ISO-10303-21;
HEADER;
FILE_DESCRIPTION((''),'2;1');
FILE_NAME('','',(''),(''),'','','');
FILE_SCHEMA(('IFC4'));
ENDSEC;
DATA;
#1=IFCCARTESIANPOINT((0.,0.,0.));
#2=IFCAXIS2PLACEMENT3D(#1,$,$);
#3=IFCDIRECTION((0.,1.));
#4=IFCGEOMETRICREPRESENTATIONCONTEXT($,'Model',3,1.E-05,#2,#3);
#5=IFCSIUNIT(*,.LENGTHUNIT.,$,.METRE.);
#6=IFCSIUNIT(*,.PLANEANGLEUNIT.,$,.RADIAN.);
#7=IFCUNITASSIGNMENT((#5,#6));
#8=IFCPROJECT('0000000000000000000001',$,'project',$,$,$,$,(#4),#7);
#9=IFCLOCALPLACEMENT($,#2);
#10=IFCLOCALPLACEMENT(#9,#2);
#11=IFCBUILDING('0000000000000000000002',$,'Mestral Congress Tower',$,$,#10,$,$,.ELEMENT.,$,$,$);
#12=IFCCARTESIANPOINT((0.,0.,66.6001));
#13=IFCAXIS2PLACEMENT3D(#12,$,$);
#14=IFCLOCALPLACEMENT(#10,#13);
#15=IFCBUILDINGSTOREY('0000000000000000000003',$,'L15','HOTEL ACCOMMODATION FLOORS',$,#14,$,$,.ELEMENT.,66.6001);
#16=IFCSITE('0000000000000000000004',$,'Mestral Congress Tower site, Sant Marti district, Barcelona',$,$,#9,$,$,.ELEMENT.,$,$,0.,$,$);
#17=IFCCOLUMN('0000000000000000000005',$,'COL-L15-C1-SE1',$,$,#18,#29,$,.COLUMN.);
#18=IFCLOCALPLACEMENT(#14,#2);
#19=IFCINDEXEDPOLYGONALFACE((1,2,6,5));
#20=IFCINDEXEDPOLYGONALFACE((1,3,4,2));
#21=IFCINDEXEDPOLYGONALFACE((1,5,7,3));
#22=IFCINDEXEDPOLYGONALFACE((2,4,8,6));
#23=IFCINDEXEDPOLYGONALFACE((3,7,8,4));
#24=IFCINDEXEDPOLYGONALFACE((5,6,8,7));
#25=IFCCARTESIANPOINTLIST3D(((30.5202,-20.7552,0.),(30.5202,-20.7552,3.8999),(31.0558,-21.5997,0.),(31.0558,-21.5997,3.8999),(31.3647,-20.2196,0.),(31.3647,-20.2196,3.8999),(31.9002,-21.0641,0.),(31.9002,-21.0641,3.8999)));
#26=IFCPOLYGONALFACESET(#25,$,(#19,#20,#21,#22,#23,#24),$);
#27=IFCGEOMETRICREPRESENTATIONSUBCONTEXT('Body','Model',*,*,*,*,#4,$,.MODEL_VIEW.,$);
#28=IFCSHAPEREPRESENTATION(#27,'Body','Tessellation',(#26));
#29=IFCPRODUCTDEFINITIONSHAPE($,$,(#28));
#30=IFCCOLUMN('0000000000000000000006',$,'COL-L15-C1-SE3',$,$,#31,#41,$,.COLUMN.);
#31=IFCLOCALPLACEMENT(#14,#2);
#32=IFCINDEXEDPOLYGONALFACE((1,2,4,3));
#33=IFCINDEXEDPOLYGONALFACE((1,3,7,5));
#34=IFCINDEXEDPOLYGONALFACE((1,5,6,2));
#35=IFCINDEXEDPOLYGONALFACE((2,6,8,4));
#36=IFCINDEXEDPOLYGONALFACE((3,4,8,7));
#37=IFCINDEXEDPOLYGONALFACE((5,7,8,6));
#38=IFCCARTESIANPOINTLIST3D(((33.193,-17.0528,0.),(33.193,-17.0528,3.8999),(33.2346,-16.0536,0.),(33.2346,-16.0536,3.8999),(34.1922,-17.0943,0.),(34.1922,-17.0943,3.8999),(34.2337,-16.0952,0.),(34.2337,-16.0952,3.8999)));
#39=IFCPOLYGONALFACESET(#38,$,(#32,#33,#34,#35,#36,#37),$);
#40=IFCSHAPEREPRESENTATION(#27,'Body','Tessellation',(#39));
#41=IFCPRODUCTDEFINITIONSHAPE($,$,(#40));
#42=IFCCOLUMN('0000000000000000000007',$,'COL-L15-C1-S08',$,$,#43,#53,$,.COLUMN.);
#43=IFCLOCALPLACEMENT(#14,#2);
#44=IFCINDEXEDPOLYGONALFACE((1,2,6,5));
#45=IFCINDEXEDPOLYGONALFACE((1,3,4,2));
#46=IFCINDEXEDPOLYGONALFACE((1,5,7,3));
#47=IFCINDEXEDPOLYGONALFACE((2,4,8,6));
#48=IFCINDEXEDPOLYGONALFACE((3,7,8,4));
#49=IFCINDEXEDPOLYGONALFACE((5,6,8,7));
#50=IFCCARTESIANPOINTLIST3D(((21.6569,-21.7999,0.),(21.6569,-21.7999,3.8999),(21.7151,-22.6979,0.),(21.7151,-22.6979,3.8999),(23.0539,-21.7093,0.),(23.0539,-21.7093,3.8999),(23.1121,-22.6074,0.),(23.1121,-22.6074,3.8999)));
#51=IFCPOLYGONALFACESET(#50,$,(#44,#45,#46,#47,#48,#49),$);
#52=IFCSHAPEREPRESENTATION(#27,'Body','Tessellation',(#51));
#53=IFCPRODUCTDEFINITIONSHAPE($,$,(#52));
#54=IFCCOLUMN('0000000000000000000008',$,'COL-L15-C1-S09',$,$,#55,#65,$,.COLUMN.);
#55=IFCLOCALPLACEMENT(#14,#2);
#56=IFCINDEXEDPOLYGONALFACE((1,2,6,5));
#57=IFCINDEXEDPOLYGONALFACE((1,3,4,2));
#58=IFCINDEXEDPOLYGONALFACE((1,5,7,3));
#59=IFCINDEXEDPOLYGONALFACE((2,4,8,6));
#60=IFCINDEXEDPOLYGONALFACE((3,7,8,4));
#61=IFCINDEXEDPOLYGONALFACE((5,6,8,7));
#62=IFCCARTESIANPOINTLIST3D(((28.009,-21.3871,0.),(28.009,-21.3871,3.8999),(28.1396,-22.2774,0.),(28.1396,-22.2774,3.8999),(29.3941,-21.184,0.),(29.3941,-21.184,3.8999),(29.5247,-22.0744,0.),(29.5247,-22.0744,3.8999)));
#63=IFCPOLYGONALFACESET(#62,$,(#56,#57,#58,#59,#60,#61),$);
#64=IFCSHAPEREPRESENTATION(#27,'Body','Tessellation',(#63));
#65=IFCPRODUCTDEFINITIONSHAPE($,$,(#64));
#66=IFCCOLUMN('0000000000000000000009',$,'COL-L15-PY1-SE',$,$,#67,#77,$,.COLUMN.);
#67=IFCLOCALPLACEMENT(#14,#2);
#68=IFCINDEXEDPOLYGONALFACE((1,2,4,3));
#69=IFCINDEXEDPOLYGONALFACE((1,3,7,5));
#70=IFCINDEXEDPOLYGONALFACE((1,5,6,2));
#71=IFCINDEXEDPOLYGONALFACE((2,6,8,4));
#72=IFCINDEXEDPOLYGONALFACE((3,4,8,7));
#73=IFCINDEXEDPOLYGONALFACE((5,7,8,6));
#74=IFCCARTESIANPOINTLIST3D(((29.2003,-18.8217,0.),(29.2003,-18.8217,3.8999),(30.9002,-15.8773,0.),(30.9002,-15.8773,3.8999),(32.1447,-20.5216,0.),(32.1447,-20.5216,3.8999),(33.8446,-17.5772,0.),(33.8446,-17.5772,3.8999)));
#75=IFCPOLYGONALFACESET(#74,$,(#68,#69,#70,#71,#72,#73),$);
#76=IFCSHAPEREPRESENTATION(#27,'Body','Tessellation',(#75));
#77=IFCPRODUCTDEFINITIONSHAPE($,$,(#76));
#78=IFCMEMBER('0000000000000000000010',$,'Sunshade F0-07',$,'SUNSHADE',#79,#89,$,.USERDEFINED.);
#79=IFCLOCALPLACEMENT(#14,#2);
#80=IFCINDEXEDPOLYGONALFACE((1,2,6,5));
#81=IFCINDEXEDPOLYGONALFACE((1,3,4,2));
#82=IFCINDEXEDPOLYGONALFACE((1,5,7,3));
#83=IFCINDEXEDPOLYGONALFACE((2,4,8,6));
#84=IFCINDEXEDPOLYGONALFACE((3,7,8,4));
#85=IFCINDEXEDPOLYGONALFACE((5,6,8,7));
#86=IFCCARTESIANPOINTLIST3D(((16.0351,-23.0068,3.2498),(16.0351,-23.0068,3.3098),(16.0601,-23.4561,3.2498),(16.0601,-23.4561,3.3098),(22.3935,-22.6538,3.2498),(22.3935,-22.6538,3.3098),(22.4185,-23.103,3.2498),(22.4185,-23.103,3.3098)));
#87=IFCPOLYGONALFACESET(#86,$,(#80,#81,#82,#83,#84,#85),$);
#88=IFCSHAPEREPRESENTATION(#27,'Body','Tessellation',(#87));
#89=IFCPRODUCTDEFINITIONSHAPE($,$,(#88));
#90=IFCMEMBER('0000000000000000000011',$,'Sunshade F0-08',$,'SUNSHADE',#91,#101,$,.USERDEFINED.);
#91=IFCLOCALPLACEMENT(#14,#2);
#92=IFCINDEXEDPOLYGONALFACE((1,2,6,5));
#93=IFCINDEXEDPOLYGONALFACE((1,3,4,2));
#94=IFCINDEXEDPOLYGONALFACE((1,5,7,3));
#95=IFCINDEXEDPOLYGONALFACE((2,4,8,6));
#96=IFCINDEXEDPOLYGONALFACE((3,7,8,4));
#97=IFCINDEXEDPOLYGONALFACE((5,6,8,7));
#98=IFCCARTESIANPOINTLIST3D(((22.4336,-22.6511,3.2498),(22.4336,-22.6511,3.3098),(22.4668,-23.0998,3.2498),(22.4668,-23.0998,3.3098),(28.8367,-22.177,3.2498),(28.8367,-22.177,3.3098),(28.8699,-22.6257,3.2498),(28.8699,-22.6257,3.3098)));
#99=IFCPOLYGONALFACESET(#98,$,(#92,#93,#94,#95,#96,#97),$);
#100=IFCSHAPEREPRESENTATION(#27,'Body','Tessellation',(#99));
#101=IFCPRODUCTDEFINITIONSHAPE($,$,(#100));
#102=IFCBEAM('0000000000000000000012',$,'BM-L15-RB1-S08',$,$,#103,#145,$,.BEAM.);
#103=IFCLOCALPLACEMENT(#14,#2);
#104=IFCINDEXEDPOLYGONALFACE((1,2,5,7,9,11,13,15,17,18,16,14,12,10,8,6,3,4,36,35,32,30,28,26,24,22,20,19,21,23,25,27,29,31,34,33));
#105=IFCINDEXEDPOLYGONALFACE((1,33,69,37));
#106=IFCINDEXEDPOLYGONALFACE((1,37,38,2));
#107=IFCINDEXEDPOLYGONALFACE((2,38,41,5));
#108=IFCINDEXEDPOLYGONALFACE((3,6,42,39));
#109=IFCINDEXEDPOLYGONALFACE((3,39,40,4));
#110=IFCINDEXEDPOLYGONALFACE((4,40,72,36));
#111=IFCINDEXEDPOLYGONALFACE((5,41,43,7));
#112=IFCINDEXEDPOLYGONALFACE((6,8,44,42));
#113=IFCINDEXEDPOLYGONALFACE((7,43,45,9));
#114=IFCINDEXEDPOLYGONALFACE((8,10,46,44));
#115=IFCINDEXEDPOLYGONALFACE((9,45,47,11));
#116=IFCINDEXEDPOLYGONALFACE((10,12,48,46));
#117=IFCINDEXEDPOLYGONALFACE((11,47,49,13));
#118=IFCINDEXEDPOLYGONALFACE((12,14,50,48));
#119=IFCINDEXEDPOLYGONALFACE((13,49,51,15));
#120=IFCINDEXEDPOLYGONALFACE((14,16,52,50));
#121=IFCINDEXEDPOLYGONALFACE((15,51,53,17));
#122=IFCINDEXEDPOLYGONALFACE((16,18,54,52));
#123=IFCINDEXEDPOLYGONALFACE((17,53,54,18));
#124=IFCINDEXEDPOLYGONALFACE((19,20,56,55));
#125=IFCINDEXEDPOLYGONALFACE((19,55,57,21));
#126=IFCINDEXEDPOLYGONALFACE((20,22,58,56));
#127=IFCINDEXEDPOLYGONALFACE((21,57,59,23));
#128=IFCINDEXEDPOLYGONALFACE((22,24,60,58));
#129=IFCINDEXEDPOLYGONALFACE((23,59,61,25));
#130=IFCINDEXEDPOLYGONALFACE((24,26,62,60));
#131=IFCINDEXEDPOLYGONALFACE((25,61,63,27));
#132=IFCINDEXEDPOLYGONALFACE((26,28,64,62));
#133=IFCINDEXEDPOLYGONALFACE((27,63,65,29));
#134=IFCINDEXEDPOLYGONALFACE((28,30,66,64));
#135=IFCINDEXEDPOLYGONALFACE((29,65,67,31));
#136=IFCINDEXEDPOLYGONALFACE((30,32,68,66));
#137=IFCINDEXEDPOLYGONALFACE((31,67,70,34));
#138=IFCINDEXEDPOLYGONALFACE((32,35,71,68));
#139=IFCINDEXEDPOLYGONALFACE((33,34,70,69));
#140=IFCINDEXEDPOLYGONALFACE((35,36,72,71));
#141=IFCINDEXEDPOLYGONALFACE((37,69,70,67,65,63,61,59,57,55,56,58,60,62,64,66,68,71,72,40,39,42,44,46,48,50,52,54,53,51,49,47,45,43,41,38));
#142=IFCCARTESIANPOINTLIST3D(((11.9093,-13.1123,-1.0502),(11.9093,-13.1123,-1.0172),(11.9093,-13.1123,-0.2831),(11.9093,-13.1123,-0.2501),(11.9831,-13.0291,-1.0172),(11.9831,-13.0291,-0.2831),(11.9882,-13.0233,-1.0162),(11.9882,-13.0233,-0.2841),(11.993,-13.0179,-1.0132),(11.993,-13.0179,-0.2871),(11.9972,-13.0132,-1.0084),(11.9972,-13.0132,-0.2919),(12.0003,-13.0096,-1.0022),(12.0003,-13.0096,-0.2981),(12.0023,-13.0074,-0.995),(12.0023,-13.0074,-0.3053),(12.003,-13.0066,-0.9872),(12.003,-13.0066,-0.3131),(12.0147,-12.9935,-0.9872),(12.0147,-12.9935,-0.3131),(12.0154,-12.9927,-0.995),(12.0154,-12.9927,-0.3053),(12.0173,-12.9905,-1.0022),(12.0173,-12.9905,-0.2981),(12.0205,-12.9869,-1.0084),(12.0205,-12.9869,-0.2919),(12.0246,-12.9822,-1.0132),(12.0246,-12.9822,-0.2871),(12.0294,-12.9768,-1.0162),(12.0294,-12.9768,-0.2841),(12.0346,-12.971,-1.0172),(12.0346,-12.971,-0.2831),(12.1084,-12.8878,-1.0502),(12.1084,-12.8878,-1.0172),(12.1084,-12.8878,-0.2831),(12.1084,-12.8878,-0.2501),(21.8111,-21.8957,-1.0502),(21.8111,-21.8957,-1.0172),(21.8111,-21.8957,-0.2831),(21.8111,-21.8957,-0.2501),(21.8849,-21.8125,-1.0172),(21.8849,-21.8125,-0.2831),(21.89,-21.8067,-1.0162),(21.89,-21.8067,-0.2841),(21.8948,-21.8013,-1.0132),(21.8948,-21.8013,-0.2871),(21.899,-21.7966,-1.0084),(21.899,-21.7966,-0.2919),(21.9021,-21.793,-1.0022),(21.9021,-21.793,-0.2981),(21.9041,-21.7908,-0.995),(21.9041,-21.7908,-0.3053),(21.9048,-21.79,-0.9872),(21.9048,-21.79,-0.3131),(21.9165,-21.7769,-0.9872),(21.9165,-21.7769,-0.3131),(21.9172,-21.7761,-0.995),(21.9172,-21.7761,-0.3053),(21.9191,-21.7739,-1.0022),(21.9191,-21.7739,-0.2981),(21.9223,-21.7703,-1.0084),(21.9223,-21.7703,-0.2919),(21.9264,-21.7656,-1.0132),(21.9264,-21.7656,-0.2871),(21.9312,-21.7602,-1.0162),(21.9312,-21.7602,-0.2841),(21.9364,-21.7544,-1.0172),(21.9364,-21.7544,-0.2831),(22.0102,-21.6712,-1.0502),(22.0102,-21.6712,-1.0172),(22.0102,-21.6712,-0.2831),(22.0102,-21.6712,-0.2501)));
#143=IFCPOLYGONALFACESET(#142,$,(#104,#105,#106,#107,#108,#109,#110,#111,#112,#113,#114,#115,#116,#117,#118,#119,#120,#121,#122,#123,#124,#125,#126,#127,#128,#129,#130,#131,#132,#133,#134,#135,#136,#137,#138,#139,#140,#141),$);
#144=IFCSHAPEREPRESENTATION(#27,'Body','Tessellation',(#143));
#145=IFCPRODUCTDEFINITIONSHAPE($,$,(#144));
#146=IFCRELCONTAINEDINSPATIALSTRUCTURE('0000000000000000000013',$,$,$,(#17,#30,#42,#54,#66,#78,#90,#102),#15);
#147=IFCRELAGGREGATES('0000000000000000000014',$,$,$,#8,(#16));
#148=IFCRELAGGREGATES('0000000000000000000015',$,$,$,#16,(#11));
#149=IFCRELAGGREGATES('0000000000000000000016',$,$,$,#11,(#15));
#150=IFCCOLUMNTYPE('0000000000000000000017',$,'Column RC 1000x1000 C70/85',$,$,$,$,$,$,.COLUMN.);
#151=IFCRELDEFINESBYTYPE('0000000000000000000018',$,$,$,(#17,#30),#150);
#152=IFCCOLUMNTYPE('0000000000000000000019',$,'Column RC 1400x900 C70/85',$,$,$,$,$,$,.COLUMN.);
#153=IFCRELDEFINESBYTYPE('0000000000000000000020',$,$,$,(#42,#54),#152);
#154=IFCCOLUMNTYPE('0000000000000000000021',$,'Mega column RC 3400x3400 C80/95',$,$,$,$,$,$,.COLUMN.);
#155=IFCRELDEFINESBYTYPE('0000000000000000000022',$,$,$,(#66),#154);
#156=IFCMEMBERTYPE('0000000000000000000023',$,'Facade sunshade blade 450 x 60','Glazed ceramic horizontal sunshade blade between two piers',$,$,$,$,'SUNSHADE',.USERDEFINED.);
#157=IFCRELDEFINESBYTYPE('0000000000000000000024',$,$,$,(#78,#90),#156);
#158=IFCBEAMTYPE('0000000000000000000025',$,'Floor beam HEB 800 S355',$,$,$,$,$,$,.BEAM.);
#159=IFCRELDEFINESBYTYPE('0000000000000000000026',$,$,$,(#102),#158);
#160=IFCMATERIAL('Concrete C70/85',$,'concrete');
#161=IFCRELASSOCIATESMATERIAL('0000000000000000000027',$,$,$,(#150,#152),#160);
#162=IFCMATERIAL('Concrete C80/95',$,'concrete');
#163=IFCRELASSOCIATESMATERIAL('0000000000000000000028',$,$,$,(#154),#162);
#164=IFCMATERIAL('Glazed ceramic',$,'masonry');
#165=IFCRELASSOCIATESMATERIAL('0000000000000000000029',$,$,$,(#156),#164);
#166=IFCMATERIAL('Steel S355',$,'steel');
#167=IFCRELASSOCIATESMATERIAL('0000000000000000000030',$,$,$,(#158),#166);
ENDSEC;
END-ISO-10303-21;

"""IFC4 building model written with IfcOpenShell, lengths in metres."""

from ifc_helpers import new_model, si_unit, direction, frame, origin, origin_2d, place, context, subcontext, project, spatial, rectangle, i_section, extrude, material, material_profile, profile_set, type_object, element, save


model = new_model("IFC4")

# Units and contexts
model_context = context("Model", 3, precision=1e-05, world=origin(), true_north=direction((0.0, 1.0)))
body_context = subcontext(model_context, "Body", "Model", "MODEL_VIEW")
ifc_project = project(units=[si_unit("LENGTHUNIT", "METRE"), si_unit("PLANEANGLEUNIT", "RADIAN")], contexts=[model_context])

# Site, building, storey
site_placement = place(None, origin())
site = spatial("IfcSite", under=ifc_project, at=site_placement, Name="Mestral Congress Tower site, Sant Marti district, Barcelona", CompositionType="ELEMENT", RefElevation=0.0)
building_placement = place(site_placement, origin())
building = spatial("IfcBuilding", under=site, at=building_placement, Name="Mestral Congress Tower", CompositionType="ELEMENT")
storey_placement = place(building_placement, frame((0.0, 0.0, 66.6001)))
storey = spatial("IfcBuildingStorey", under=building, at=storey_placement, Name="L15", Description="HOTEL ACCOMMODATION FLOORS", CompositionType="ELEMENT", Elevation=66.6001)

# Columns
ifc_material_1 = material(Name="Concrete C70/85", Category="concrete")
ifc_material_profile_1 = material_profile(ifc_material_1, rectangle(XDim=1.0, YDim=1.0, at=origin_2d()), Name="RC 1000x1000")
ifc_profile_set_1 = profile_set([ifc_material_profile_1], Name="Concrete C70/85")
column_type_1 = type_object("IfcColumnType", Name="Column RC 1000x1000 C70/85", PredefinedType="COLUMN", material=ifc_profile_set_1)
for number, where, z_axis, x_axis, name in (
    (1, (31.2102, -20.9097, 0.0), (0.0, 0.0, 1.0), (0.844485, 0.535579, 0.0), "COL-L15-C1-SE1"),
    (2, (33.7134, -16.574, 0.0), (0.0, 0.0, 1.0), (0.041583, 0.999135, 0.0), "COL-L15-C1-SE3"),
):
    element("IfcColumn", number, at=place(storey_placement, frame(where, z_axis=z_axis, x_axis=x_axis)), inside=storey, type_object=column_type_1, Name=name, PredefinedType="COLUMN", context=body_context, shape_type="SweptSolid", body=[
        extrude(rectangle(XDim=1.0, YDim=1.0, at=origin_2d()), origin(), (0.0, 0.0, 1.0), 3.8999),
    ])
ifc_material_profile_2 = material_profile(ifc_material_1, rectangle(XDim=1.3999, YDim=0.8999, at=origin_2d()), Name="RC 1400x900")
ifc_profile_set_2 = profile_set([ifc_material_profile_2], Name="Concrete C70/85")
column_type_2 = type_object("IfcColumnType", Name="Column RC 1400x900 C70/85", PredefinedType="COLUMN", material=ifc_profile_set_2)
for number, where, z_axis, x_axis, name in (
    (3, (22.3845, -22.2036, 0.0), (0.0, 0.0, 1.0), (0.997908, 0.064658, 0.0), "COL-L15-C1-S08"),
    (4, (28.7668, -21.7307, 0.0), (0.0, 0.0, 1.0), (0.989424, 0.145056, 0.0), "COL-L15-C1-S09"),
):
    element("IfcColumn", number, at=place(storey_placement, frame(where, z_axis=z_axis, x_axis=x_axis)), inside=storey, type_object=column_type_2, Name=name, PredefinedType="COLUMN", context=body_context, shape_type="SweptSolid", body=[
        extrude(rectangle(XDim=1.3999, YDim=0.8999, at=origin_2d()), origin(), (0.0, 0.0, 1.0), 3.8999),
    ])
ifc_material_2 = material(Name="Concrete C80/95", Category="concrete")
ifc_material_profile_3 = material_profile(ifc_material_2, rectangle(XDim=3.3999, YDim=3.3999, at=origin_2d()), Name="RC 3400x3400")
ifc_profile_set_3 = profile_set([ifc_material_profile_3], Name="Concrete C80/95")
column_type_3 = type_object("IfcColumnType", Name="Mega column RC 3400x3400 C80/95", PredefinedType="COLUMN", material=ifc_profile_set_3)
column_placement = place(storey_placement, frame((31.5225, -18.1995, 0.0), z_axis=(0.0, 0.0, 1.0), x_axis=(0.866025, -0.5, 0.0)))
element("IfcColumn", 5, at=column_placement, inside=storey, type_object=column_type_3, Name="COL-L15-PY1-SE", PredefinedType="COLUMN", context=body_context, shape_type="SweptSolid", body=[
    extrude(rectangle(XDim=3.3999, YDim=3.3999, at=origin_2d()), origin(), (0.0, 0.0, 1.0), 3.8999),
])

# Members
ifc_material_3 = material(Name="Glazed ceramic", Category="masonry")
ifc_material_profile_4 = material_profile(ifc_material_3, rectangle(XDim=0.45, YDim=0.0601, at=origin_2d()), Name="Ceramic blade 450 x 60")
ifc_profile_set_4 = profile_set([ifc_material_profile_4], Name="Glazed ceramic")
member_type = type_object("IfcMemberType", Name="Facade sunshade blade 450 x 60", Description="Glazed ceramic horizontal sunshade blade between two piers", ElementType="SUNSHADE", PredefinedType="USERDEFINED", material=ifc_profile_set_4)
member_1_placement = place(storey_placement, frame((16.0476, -23.2314, 3.2798), z_axis=(0.998462, 0.055436, 0.0), x_axis=(-0.055436, 0.998462, 0.0)))
element("IfcMember", 6, at=member_1_placement, inside=storey, type_object=member_type, Name="Sunshade F0-07", ObjectType="SUNSHADE", PredefinedType="USERDEFINED", context=body_context, shape_type="SweptSolid", body=[
    extrude(rectangle(XDim=0.45, YDim=0.0601, at=origin_2d()), origin(), (0.0, 0.0, 1.0), 6.3682),
])
member_2_placement = place(storey_placement, frame((22.4502, -22.8755, 3.2798), z_axis=(0.99727, 0.073844, 0.0), x_axis=(-0.073844, 0.99727, 0.0)))
element("IfcMember", 7, at=member_2_placement, inside=storey, type_object=member_type, Name="Sunshade F0-08", ObjectType="SUNSHADE", PredefinedType="USERDEFINED", context=body_context, shape_type="SweptSolid", body=[
    extrude(rectangle(XDim=0.45, YDim=0.0601, at=origin_2d()), origin(), (0.0, 0.0, 1.0), 6.4207),
])

# Beam
ifc_material_4 = material(Name="Steel S355", Category="steel")
ifc_material_profile_5 = material_profile(ifc_material_4, i_section(OverallWidth=0.3, OverallDepth=0.8, WebThickness=0.0176, FlangeThickness=0.033, FilletRadius=0.03, at=origin_2d()), Name="HEB 800")
ifc_profile_set_5 = profile_set([ifc_material_profile_5], Name="Steel S355")
beam_type_1 = type_object("IfcBeamType", Name="Floor beam HEB 800 S355", PredefinedType="BEAM", material=ifc_profile_set_5)
beam_1_placement = place(storey_placement, frame((21.9106, -21.7834, -0.6501), z_axis=(-0.748092, 0.663595, 0.0), x_axis=(-0.663595, -0.748092, 0.0)))
element("IfcBeam", 8, at=beam_1_placement, inside=storey, type_object=beam_type_1, Name="BM-L15-RB1-S08", PredefinedType="BEAM", context=body_context, shape_type="SweptSolid", body=[
    extrude(i_section(OverallWidth=0.3, OverallDepth=0.8, WebThickness=0.0176, FlangeThickness=0.033, FilletRadius=0.03, at=origin_2d()), origin(), (0.0, 0.0, 1.0), 13.2361),
])

save(model, "model.ifc")
